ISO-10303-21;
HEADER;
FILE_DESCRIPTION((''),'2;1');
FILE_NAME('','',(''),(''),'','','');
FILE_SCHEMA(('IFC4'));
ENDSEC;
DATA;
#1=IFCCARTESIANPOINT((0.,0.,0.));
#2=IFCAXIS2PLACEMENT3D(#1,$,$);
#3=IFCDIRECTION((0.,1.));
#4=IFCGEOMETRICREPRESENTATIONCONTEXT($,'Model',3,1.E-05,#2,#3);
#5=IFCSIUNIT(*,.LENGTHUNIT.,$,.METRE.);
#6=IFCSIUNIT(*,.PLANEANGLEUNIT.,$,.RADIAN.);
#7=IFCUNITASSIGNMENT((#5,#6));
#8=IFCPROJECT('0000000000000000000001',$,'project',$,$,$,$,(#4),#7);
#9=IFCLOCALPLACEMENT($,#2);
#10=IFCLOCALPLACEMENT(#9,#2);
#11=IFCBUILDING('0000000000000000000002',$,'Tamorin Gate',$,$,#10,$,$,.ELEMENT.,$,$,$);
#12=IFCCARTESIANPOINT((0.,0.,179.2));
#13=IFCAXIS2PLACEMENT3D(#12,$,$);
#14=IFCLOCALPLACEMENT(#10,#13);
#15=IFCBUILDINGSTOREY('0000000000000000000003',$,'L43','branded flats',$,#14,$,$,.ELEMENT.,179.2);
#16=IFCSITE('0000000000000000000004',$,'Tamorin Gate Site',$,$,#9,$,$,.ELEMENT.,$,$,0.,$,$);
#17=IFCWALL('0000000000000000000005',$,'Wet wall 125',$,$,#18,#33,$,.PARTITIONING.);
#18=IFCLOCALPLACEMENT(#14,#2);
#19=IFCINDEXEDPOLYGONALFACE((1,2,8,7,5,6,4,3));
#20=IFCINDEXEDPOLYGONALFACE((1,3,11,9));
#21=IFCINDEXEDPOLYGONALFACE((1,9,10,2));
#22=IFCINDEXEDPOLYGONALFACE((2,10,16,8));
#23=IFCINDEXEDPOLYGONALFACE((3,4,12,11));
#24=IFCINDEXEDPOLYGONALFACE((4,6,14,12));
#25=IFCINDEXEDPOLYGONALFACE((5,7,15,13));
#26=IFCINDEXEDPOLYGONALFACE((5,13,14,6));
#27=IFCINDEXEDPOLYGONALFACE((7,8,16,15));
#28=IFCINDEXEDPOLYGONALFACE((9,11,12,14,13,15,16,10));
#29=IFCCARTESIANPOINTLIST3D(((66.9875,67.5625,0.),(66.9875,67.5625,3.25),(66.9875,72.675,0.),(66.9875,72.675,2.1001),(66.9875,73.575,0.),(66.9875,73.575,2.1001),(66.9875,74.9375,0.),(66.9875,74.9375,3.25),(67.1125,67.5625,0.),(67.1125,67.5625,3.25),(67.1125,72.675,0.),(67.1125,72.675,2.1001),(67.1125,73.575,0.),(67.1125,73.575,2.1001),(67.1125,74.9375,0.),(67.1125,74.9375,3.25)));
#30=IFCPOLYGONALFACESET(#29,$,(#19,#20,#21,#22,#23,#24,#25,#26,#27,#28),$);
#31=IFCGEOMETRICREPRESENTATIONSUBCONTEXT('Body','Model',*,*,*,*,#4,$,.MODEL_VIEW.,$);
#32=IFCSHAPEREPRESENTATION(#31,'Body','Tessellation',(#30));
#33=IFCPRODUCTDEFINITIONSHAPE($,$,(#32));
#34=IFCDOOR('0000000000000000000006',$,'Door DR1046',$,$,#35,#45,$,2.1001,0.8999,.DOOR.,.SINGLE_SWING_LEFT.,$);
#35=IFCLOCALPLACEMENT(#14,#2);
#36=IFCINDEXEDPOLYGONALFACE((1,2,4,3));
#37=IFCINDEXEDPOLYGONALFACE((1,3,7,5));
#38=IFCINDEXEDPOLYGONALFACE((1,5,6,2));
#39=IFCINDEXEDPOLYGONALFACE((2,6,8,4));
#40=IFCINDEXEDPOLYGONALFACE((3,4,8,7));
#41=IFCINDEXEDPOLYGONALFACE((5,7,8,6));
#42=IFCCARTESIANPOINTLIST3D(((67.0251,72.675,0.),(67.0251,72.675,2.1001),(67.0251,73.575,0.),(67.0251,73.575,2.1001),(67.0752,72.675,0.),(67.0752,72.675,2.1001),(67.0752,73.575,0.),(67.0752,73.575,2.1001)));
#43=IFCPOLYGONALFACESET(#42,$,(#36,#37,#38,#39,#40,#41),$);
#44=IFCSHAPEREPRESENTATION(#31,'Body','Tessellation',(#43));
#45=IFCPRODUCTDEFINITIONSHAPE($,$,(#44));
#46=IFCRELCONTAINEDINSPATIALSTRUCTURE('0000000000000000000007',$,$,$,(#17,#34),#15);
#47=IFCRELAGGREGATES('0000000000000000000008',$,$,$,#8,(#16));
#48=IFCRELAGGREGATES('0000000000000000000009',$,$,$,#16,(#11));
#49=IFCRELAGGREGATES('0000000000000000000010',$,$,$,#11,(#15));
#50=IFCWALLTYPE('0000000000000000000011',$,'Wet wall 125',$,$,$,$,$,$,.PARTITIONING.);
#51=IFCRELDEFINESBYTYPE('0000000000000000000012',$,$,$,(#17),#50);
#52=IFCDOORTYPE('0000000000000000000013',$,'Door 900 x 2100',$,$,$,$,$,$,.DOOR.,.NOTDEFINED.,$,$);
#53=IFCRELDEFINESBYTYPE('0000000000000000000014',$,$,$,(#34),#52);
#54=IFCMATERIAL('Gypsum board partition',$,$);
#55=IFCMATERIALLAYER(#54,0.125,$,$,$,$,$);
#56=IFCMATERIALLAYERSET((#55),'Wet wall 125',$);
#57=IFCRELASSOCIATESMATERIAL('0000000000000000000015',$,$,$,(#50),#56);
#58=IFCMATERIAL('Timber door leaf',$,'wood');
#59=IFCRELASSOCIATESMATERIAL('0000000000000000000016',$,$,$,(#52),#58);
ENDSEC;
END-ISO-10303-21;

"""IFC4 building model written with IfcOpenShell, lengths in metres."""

from ifc_helpers import new_model, si_unit, direction, frame, frame_2d, origin, place, context, subcontext, project, spatial, rectangle, extrude, material, layer, layer_set, type_object, element, fill, save


model = new_model("IFC4")

# Units and contexts
model_context = context("Model", 3, precision=1e-05, world=origin(), true_north=direction((0.0, 1.0)))
body_context = subcontext(model_context, "Body", "Model", "MODEL_VIEW")
ifc_project = project(units=[si_unit("LENGTHUNIT", "METRE"), si_unit("PLANEANGLEUNIT", "RADIAN")], contexts=[model_context])

# Site, building, storey
site_placement = place(None, origin())
site = spatial("IfcSite", under=ifc_project, at=site_placement, Name="Tamorin Gate Site", CompositionType="ELEMENT", RefElevation=0.0)
building_placement = place(site_placement, origin())
building = spatial("IfcBuilding", under=site, at=building_placement, Name="Tamorin Gate", CompositionType="ELEMENT")
storey_placement = place(building_placement, frame((0.0, 0.0, 179.2)))
storey = spatial("IfcBuildingStorey", under=building, at=storey_placement, Name="L43", Description="branded flats", CompositionType="ELEMENT", Elevation=179.2)

# Shared definitions
ifc_material_1 = material(Name="Gypsum board partition")
ifc_layer_1 = layer(ifc_material_1, 0.125)
ifc_layer_set_1 = layer_set([ifc_layer_1], Name="Wet wall 125")
wall_type_1 = type_object("IfcWallType", Name="Wet wall 125", PredefinedType="PARTITIONING", material=ifc_layer_set_1)

# Shared definitions
ifc_material_2 = material(Name="Timber door leaf", Category="wood")
door_type = type_object("IfcDoorType", Name="Door 900 x 2100", OperationType="NOTDEFINED", PredefinedType="DOOR", material=ifc_material_2)

# Wall, opening, door
wall_1_placement = place(storey_placement, frame((67.05, 67.5625, 0.0), z_axis=(0.0, 0.0, 1.0), x_axis=(0.0, 1.0, 0.0)))
wall_1 = element("IfcWall", 1, at=wall_1_placement, inside=storey, type_object=wall_type_1, Name="Wet wall 125", PredefinedType="PARTITIONING", context=body_context, shape_type="SweptSolid", body=[
    extrude(rectangle(XDim=7.375, YDim=0.125, at=frame_2d((3.6875, 0.0))), origin(), (0.0, 0.0, 1.0), 3.25),
])
opening_1_placement = place(wall_1_placement, frame((5.1125, 0.0, 0.0)))
opening_1 = element("IfcOpeningElement", 2, at=opening_1_placement, cuts=wall_1, PredefinedType="OPENING", context=body_context, shape_type="SweptSolid", body=[
    extrude(rectangle(XDim=0.8999, YDim=2.1001, at=frame_2d((0.45, 1.05))), frame((0.0, 0.0725, 0.0), z_axis=(0.0, -1.0, 0.0), x_axis=(1.0, 0.0, 0.0)), (0.0, 0.0, 1.0), 0.145),
])
door_1_placement = place(opening_1_placement, origin())
door_1 = element("IfcDoor", 3, at=door_1_placement, inside=storey, type_object=door_type, Name="Door DR1046", OperationType="SINGLE_SWING_LEFT", OverallHeight=2.1001, OverallWidth=0.8999, PredefinedType="DOOR", context=body_context, shape_type="SweptSolid", body=[
    extrude(rectangle(XDim=0.8999, YDim=2.1001, at=frame_2d((0.45, 1.05))), frame((0.0, 0.0249, 0.0), z_axis=(0.0, -1.0, 0.0), x_axis=(1.0, 0.0, 0.0)), (0.0, 0.0, 1.0), 0.05),
])
fill(opening_1, door_1)

save(model, "model.ifc")
